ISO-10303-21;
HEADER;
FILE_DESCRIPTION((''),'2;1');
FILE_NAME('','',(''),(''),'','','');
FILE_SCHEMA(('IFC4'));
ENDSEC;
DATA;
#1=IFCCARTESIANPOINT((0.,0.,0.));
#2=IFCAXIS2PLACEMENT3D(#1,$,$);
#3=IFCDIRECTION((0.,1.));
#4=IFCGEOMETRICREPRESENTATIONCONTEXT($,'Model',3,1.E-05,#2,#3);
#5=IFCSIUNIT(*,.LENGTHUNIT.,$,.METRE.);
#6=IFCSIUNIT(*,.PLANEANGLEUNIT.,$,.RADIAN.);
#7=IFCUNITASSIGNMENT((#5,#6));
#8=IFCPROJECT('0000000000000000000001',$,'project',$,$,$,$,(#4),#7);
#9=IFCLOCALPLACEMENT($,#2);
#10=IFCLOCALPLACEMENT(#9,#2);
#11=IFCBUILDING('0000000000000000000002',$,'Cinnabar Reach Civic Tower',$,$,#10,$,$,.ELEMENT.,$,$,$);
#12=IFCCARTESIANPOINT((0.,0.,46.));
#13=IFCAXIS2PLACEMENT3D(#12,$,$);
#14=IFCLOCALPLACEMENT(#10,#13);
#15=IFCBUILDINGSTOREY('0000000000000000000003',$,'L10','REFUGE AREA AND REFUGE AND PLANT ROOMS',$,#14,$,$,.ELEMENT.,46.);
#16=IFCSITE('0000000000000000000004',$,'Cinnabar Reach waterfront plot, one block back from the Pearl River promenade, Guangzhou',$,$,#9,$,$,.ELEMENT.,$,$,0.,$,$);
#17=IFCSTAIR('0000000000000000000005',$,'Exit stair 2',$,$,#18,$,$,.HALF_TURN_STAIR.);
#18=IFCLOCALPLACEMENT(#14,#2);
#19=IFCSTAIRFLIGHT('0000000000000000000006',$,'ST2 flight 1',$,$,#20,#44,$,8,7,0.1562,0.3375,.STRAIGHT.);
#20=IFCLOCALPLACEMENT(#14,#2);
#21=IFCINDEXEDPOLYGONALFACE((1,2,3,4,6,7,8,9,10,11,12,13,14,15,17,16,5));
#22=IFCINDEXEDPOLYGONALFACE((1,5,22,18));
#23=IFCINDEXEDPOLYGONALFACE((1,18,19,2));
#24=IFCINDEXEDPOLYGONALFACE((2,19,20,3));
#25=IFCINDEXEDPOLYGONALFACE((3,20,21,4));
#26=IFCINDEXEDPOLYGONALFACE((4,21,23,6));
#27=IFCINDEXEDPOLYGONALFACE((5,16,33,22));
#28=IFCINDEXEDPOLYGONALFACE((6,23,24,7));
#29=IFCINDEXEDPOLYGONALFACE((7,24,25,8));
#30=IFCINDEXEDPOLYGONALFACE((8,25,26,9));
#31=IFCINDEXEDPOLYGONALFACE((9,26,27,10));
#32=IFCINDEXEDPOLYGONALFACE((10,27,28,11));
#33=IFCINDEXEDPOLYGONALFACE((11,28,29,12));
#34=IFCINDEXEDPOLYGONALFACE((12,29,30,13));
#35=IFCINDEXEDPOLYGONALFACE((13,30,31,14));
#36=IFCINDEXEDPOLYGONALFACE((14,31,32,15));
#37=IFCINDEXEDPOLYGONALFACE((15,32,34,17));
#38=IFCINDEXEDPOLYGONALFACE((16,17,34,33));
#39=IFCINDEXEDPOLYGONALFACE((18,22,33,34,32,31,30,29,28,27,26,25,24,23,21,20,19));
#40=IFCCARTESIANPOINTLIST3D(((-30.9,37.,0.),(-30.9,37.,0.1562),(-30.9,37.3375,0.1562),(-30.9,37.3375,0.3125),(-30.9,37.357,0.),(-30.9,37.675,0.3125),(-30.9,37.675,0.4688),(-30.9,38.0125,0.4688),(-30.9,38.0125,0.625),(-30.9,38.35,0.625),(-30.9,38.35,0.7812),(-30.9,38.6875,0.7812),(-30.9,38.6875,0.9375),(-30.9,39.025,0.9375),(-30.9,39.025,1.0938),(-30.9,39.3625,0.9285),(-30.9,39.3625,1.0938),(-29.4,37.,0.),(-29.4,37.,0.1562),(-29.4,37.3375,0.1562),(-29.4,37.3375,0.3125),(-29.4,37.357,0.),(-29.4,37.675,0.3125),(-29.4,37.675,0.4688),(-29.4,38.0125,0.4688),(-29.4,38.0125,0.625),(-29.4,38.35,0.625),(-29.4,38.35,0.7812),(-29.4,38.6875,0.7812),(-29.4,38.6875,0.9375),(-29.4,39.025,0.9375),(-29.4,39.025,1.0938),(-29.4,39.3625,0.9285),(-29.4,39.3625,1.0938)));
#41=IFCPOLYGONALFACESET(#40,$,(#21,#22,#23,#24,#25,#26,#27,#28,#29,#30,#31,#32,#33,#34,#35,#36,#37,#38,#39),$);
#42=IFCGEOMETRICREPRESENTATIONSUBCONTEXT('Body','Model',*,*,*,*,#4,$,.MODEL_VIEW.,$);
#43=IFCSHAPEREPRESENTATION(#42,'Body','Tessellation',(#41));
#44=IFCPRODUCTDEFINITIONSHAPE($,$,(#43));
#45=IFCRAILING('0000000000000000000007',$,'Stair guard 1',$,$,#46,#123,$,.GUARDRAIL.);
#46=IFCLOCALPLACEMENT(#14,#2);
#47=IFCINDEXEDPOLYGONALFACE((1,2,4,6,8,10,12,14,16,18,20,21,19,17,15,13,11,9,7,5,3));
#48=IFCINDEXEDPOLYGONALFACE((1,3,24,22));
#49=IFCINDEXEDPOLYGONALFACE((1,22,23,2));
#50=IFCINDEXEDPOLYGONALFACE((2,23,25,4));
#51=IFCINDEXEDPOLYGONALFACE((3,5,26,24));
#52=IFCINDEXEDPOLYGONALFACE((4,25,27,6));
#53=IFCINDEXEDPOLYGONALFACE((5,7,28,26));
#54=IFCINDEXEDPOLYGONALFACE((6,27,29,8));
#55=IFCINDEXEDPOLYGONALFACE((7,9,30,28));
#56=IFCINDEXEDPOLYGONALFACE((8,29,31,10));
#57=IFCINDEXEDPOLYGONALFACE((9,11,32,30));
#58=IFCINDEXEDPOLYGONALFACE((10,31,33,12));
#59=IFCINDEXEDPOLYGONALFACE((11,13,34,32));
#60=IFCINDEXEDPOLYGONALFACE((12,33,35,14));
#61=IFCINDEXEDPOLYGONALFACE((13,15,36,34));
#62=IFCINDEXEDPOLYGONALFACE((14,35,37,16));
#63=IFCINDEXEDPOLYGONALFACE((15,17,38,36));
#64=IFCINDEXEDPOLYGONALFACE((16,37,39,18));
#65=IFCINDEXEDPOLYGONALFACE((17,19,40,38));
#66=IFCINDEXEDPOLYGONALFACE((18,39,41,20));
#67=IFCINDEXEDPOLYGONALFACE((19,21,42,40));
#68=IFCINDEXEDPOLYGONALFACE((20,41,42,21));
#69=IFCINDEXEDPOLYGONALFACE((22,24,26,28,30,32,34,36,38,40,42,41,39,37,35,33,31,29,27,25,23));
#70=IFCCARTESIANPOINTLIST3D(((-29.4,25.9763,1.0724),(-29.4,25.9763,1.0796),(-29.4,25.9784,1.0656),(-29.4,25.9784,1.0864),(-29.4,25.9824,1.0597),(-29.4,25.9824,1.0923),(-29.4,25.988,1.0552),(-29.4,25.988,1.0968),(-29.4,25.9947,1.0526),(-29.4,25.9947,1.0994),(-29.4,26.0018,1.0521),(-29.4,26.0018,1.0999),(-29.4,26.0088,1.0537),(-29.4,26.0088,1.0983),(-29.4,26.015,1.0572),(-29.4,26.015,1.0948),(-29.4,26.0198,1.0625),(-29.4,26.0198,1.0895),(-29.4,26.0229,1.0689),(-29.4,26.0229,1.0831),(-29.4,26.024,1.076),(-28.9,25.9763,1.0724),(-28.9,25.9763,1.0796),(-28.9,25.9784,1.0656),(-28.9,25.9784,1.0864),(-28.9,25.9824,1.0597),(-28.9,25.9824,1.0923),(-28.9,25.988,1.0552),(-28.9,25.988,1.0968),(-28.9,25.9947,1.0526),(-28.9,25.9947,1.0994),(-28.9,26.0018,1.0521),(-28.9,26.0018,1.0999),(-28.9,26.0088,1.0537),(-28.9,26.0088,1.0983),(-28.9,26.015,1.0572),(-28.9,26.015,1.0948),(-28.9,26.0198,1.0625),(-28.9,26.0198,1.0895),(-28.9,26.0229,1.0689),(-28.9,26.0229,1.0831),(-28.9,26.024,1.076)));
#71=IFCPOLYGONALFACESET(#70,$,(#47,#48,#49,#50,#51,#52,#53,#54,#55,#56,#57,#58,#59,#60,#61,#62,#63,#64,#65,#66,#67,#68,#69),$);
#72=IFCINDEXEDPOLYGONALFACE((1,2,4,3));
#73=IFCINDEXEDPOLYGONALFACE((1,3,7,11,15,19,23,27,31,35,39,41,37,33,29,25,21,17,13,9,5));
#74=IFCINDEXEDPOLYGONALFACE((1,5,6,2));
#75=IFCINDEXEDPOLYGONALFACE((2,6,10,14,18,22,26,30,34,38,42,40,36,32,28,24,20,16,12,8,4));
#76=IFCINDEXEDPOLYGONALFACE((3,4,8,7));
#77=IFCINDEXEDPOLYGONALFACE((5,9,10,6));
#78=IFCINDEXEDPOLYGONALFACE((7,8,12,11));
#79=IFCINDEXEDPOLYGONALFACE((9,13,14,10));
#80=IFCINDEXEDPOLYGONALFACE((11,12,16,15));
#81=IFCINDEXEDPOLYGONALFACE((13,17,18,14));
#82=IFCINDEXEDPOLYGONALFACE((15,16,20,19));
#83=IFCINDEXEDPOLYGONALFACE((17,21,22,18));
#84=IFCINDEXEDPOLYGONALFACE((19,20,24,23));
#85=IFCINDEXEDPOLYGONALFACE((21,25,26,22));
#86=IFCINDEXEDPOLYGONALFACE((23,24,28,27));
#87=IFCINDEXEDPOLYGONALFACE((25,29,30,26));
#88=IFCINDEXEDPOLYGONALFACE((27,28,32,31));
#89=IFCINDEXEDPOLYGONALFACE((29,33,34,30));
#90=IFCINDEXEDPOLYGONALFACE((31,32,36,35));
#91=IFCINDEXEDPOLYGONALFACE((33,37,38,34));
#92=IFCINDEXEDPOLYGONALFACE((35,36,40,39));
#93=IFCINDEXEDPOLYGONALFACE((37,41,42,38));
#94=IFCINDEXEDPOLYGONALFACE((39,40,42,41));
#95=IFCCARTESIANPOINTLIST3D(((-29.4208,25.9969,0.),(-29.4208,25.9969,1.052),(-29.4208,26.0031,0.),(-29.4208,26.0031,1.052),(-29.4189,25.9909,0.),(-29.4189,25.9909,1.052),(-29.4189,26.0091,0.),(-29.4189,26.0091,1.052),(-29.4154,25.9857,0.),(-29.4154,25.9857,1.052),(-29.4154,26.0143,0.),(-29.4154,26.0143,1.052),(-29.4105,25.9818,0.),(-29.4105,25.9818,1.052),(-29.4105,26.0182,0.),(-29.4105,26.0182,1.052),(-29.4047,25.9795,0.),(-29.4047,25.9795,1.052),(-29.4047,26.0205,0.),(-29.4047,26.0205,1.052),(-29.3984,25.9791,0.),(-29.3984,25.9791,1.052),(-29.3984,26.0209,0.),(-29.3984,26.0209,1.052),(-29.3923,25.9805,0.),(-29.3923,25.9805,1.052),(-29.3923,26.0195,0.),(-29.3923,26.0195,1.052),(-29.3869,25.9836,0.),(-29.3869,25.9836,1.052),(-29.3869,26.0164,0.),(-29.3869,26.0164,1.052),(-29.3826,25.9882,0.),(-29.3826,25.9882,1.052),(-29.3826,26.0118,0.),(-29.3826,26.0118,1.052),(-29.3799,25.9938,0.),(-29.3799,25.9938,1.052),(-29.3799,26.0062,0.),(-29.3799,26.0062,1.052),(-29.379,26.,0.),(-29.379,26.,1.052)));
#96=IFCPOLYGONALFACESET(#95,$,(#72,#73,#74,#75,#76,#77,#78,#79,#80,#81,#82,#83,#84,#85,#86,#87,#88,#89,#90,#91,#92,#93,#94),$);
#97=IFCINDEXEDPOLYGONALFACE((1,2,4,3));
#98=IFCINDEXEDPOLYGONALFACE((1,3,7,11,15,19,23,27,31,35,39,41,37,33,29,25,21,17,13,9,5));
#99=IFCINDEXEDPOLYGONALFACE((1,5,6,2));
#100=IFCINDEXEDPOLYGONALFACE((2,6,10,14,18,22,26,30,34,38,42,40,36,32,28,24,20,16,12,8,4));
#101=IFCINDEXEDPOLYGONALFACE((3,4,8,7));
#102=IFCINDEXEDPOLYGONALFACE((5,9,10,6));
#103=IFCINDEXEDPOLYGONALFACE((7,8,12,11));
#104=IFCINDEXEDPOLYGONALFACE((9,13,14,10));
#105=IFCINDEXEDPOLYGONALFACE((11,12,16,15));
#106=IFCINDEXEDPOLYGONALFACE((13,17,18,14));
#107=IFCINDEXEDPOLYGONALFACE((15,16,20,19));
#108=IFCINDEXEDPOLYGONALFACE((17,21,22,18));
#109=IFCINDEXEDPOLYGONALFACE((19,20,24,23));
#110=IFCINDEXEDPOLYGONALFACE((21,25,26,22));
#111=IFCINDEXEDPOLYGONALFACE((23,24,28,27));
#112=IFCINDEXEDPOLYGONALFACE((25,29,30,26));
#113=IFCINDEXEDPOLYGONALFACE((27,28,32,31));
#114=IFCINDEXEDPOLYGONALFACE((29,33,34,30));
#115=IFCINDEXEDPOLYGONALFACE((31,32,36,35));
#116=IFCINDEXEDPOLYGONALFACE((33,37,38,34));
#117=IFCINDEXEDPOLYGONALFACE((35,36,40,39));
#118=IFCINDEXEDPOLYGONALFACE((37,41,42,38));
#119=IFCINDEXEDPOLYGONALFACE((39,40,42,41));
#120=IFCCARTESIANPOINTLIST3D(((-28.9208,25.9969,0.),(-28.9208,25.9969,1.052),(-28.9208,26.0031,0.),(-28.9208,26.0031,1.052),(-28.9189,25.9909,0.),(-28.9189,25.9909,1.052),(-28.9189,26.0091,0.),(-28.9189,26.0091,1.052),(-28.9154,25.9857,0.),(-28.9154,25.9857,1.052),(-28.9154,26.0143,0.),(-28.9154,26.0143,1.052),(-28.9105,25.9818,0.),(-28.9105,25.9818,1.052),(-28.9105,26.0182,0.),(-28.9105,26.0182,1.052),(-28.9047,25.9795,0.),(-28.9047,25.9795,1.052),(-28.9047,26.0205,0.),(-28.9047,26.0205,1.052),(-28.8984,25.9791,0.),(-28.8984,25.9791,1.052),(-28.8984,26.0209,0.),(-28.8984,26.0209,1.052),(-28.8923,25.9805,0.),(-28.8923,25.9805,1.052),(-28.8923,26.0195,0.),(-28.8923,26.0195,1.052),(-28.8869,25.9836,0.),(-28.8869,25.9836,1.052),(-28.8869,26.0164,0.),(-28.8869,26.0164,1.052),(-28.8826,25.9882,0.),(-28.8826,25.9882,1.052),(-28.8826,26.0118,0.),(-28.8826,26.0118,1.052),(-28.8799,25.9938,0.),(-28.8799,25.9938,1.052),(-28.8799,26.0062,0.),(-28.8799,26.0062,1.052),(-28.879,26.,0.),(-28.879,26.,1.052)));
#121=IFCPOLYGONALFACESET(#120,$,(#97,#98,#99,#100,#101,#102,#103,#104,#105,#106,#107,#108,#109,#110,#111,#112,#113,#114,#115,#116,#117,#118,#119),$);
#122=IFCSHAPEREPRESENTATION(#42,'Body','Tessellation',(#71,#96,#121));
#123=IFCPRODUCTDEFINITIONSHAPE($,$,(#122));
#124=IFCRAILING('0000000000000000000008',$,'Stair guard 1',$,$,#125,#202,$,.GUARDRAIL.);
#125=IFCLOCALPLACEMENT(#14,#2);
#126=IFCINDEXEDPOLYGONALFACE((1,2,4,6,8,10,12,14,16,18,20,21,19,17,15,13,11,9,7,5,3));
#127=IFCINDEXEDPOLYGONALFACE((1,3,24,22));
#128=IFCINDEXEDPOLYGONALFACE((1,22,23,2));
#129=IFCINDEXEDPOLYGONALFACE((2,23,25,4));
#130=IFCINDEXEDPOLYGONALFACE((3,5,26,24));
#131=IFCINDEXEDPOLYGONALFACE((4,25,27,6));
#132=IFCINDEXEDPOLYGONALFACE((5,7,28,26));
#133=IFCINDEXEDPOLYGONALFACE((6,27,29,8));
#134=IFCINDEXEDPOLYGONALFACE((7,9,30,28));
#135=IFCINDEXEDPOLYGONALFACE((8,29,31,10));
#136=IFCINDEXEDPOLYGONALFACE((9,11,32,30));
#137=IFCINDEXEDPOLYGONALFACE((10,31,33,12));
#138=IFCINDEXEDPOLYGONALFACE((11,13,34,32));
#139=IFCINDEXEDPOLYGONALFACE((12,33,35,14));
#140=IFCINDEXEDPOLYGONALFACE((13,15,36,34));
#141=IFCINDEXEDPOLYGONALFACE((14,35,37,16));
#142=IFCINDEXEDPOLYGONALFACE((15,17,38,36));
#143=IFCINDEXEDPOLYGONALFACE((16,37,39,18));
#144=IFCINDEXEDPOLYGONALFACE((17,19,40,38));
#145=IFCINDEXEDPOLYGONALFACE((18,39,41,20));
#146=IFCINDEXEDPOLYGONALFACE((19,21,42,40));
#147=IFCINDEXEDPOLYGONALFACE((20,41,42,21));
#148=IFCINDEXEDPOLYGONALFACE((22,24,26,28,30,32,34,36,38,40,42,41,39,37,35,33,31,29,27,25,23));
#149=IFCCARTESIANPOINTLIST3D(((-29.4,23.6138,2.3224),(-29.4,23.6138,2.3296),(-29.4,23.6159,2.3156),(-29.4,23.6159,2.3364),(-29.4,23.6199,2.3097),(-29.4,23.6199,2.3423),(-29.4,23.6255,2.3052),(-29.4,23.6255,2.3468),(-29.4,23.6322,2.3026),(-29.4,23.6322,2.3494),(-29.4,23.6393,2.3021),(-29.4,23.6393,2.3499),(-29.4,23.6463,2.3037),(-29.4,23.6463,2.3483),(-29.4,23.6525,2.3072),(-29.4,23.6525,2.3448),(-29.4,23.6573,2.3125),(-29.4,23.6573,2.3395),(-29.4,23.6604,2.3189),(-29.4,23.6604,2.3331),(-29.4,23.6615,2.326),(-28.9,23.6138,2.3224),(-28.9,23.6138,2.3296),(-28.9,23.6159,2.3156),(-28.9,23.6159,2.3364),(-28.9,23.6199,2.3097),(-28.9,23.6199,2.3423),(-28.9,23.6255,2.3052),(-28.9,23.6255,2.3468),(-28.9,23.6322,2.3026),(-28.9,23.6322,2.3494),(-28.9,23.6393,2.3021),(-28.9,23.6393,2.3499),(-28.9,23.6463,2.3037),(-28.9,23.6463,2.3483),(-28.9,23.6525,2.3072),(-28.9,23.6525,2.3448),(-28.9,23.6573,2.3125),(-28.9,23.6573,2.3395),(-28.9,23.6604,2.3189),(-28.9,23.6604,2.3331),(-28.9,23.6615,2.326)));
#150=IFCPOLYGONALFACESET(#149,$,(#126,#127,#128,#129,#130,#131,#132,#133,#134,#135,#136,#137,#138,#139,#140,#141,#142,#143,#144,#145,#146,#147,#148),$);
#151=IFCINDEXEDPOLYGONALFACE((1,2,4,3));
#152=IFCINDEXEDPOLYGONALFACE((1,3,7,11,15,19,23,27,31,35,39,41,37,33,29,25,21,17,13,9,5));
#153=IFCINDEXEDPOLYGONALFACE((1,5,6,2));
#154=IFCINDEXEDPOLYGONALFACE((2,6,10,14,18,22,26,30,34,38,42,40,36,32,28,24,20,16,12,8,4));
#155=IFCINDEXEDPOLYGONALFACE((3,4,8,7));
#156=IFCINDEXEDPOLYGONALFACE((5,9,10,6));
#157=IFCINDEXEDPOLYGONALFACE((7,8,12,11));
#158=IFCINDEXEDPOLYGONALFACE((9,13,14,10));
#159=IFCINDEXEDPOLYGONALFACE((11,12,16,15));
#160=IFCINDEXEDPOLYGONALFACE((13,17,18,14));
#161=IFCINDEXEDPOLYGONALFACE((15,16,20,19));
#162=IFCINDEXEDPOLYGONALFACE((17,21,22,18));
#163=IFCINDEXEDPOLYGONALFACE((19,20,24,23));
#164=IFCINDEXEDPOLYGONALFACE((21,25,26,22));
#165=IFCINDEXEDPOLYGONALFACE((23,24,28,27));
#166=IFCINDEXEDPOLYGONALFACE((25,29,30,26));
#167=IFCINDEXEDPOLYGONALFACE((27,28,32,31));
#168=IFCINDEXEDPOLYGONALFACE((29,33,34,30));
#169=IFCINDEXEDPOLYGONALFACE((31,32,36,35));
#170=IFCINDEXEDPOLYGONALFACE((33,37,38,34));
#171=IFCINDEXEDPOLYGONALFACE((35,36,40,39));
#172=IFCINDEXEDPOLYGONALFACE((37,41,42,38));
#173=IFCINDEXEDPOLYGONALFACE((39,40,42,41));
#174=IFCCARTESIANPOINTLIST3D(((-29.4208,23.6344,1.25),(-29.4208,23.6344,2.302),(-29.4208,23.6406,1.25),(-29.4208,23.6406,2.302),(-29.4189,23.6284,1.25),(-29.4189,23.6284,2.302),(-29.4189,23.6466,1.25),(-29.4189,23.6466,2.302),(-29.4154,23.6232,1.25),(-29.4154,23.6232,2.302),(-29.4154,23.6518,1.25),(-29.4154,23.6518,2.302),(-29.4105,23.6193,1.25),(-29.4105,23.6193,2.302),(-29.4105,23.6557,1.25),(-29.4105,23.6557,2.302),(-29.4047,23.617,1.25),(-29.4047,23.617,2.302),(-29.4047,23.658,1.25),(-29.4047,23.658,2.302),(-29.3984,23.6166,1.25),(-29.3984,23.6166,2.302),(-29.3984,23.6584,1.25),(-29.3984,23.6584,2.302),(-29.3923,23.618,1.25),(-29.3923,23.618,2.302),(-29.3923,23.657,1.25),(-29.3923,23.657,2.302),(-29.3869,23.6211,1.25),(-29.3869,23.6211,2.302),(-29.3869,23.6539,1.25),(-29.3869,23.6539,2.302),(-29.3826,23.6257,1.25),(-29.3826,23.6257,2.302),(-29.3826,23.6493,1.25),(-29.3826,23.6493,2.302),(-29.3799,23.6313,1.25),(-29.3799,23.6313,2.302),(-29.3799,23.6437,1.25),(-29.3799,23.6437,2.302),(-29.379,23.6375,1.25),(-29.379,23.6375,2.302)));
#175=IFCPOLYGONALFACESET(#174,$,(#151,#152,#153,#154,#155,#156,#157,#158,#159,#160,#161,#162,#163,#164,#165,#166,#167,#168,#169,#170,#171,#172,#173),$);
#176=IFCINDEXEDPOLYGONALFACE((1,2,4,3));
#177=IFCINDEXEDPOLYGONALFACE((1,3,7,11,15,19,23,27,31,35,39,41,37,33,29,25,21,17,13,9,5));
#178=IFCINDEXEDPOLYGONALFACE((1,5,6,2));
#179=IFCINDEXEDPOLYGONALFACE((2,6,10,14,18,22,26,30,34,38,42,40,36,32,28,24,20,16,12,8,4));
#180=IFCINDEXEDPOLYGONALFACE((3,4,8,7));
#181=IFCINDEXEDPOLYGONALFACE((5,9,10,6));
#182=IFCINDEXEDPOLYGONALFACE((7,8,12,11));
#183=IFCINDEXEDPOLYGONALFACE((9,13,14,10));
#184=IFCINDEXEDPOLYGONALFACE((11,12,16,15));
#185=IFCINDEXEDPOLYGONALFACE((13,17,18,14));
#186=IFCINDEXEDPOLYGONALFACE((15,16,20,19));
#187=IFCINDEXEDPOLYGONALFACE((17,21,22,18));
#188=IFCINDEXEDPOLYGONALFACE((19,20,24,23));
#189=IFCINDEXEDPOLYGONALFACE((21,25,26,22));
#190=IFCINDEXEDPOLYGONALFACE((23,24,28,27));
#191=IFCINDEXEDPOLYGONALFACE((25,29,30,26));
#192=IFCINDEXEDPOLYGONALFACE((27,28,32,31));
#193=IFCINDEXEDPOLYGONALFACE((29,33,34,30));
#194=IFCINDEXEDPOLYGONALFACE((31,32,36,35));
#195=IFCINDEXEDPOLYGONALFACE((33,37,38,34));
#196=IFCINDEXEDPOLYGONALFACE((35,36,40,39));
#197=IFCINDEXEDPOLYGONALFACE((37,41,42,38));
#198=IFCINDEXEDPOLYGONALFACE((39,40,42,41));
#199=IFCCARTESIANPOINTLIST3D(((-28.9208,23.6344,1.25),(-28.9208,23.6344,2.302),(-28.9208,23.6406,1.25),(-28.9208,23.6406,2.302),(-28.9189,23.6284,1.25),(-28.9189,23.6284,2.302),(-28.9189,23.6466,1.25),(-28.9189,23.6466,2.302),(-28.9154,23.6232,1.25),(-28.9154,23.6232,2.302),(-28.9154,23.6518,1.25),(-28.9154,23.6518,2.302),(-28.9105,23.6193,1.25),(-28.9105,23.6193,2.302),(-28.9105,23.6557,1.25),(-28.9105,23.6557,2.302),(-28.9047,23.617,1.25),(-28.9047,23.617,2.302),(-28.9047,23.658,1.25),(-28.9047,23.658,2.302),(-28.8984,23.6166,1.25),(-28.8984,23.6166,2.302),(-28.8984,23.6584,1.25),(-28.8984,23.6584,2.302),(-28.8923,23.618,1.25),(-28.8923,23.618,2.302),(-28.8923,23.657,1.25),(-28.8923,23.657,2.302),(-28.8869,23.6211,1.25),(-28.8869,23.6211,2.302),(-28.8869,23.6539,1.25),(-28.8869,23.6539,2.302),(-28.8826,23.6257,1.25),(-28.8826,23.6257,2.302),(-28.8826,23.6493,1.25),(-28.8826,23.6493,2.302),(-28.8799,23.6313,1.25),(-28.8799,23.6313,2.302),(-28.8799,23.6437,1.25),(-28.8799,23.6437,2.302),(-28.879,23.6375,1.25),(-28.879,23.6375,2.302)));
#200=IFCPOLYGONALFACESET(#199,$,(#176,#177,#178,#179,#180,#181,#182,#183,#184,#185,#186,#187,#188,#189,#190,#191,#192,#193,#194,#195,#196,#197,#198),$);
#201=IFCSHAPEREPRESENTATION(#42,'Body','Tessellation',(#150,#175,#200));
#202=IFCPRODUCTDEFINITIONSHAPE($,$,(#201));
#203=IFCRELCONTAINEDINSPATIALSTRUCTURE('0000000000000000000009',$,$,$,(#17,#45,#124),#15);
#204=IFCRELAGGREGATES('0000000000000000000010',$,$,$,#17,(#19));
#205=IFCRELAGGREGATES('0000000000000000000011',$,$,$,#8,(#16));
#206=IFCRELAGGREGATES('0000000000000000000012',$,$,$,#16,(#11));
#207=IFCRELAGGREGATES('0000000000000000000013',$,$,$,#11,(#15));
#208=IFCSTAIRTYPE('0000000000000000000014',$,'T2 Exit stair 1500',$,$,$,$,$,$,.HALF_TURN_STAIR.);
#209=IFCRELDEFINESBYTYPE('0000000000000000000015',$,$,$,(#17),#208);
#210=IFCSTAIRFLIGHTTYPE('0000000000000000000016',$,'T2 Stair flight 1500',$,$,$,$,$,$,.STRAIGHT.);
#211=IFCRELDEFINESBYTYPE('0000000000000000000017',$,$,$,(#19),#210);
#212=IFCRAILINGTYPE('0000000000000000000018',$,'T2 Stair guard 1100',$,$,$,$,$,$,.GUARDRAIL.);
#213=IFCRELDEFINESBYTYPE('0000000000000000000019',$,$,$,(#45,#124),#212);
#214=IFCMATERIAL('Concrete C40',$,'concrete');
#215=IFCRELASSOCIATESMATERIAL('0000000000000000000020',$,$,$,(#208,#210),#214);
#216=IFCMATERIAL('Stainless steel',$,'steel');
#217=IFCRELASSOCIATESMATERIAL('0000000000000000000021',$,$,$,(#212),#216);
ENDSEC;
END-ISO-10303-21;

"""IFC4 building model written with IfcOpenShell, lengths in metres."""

from ifc_helpers import new_model, si_unit, direction, frame, origin, origin_2d, place, context, subcontext, project, spatial, polyline, circle, outline, extrude, material, type_object, element, aggregate, save


model = new_model("IFC4")

# Units and contexts
model_context = context("Model", 3, precision=1e-05, world=origin(), true_north=direction((0.0, 1.0)))
body_context = subcontext(model_context, "Body", "Model", "MODEL_VIEW")
ifc_project = project(units=[si_unit("LENGTHUNIT", "METRE"), si_unit("PLANEANGLEUNIT", "RADIAN")], contexts=[model_context])

# Site, building, storey
site_placement = place(None, origin())
site = spatial("IfcSite", under=ifc_project, at=site_placement, Name="Cinnabar Reach waterfront plot, one block back from the Pearl River promenade, Guangzhou", CompositionType="ELEMENT", RefElevation=0.0)
building_placement = place(site_placement, origin())
building = spatial("IfcBuilding", under=site, at=building_placement, Name="Cinnabar Reach Civic Tower", CompositionType="ELEMENT")
storey_placement = place(building_placement, frame((0.0, 0.0, 46.0)))
storey = spatial("IfcBuildingStorey", under=building, at=storey_placement, Name="L10", Description="REFUGE AREA AND REFUGE AND PLANT ROOMS", CompositionType="ELEMENT", Elevation=46.0)

# Shared definitions
ifc_material_1 = material(Name="Concrete C40", Category="concrete")

# Shared definitions
stair_type = type_object("IfcStairType", Name="T2 Exit stair 1500", PredefinedType="HALF_TURN_STAIR", material=ifc_material_1)
stair_flight_type = type_object("IfcStairFlightType", Name="T2 Stair flight 1500", PredefinedType="STRAIGHT", material=ifc_material_1)

# Stair, stair flight
stair_1_placement = place(storey_placement, origin())
stair_1 = element("IfcStair", 1, at=stair_1_placement, inside=storey, type_object=stair_type, Name="Exit stair 2", PredefinedType="HALF_TURN_STAIR")
stair_flight_1_placement = place(storey_placement, frame((-30.15, 37.0, 0.0), z_axis=(0.0, 0.0, 1.0), x_axis=(0.0, 1.0, 0.0)))
stair_flight_1 = element("IfcStairFlight", 2, at=stair_flight_1_placement, type_object=stair_flight_type, Name="ST2 flight 1", NumberOfRisers=8, NumberOfTreads=7, PredefinedType="STRAIGHT", RiserHeight=0.1562, TreadLength=0.3375, context=body_context, shape_type="SweptSolid", body=[
    extrude(outline(polyline([(0.0, 0.0), (0.0, 0.1562), (0.3375, 0.1562), (0.3375, 0.3125), (0.675, 0.3125), (0.675, 0.4688), (1.0125, 0.4688), (1.0125, 0.625), (1.35, 0.625), (1.35, 0.7812), (1.6875, 0.7812), (1.6875, 0.9375), (2.025, 0.9375), (2.025, 1.0938), (2.3625, 1.0938), (2.3625, 1.25), (2.3625, 0.9285), (0.357, 0.0), (0.0, 0.0)])), frame((0.0, 0.75, 0.0), z_axis=(0.0, -1.0, 0.0), x_axis=(1.0, 0.0, 0.0)), (0.0, 0.0, 1.0), 1.5),
])
aggregate(stair_1, [stair_flight_1])

# Railings
ifc_material_2 = material(Name="Stainless steel", Category="steel")
railing_type = type_object("IfcRailingType", Name="T2 Stair guard 1100", PredefinedType="GUARDRAIL", material=ifc_material_2)
for number, where, name in (
    (3, (-29.4, 26.0, 0.0), "Stair guard 1"),
    (4, (-29.4, 23.6375, 1.25), "Stair guard 1"),
):
    element("IfcRailing", number, at=place(storey_placement, frame(where)), inside=storey, type_object=railing_type, Name=name, PredefinedType="GUARDRAIL", context=body_context, shape_type="SweptSolid", body=[
        extrude(circle(Radius=0.024, at=origin_2d()), frame((0.0, 0.0, 1.076), z_axis=(1.0, 0.0, 0.0), x_axis=(0.0, 1.0, 0.0)), (0.0, 0.0, 1.0), 0.5),
        extrude(circle(Radius=0.021, at=origin_2d()), origin(), (0.0, 0.0, 1.0), 1.052),
        extrude(circle(Radius=0.021, at=origin_2d()), frame((0.5, 0.0, 0.0)), (0.0, 0.0, 1.0), 1.052),
    ])

save(model, "model.ifc")
